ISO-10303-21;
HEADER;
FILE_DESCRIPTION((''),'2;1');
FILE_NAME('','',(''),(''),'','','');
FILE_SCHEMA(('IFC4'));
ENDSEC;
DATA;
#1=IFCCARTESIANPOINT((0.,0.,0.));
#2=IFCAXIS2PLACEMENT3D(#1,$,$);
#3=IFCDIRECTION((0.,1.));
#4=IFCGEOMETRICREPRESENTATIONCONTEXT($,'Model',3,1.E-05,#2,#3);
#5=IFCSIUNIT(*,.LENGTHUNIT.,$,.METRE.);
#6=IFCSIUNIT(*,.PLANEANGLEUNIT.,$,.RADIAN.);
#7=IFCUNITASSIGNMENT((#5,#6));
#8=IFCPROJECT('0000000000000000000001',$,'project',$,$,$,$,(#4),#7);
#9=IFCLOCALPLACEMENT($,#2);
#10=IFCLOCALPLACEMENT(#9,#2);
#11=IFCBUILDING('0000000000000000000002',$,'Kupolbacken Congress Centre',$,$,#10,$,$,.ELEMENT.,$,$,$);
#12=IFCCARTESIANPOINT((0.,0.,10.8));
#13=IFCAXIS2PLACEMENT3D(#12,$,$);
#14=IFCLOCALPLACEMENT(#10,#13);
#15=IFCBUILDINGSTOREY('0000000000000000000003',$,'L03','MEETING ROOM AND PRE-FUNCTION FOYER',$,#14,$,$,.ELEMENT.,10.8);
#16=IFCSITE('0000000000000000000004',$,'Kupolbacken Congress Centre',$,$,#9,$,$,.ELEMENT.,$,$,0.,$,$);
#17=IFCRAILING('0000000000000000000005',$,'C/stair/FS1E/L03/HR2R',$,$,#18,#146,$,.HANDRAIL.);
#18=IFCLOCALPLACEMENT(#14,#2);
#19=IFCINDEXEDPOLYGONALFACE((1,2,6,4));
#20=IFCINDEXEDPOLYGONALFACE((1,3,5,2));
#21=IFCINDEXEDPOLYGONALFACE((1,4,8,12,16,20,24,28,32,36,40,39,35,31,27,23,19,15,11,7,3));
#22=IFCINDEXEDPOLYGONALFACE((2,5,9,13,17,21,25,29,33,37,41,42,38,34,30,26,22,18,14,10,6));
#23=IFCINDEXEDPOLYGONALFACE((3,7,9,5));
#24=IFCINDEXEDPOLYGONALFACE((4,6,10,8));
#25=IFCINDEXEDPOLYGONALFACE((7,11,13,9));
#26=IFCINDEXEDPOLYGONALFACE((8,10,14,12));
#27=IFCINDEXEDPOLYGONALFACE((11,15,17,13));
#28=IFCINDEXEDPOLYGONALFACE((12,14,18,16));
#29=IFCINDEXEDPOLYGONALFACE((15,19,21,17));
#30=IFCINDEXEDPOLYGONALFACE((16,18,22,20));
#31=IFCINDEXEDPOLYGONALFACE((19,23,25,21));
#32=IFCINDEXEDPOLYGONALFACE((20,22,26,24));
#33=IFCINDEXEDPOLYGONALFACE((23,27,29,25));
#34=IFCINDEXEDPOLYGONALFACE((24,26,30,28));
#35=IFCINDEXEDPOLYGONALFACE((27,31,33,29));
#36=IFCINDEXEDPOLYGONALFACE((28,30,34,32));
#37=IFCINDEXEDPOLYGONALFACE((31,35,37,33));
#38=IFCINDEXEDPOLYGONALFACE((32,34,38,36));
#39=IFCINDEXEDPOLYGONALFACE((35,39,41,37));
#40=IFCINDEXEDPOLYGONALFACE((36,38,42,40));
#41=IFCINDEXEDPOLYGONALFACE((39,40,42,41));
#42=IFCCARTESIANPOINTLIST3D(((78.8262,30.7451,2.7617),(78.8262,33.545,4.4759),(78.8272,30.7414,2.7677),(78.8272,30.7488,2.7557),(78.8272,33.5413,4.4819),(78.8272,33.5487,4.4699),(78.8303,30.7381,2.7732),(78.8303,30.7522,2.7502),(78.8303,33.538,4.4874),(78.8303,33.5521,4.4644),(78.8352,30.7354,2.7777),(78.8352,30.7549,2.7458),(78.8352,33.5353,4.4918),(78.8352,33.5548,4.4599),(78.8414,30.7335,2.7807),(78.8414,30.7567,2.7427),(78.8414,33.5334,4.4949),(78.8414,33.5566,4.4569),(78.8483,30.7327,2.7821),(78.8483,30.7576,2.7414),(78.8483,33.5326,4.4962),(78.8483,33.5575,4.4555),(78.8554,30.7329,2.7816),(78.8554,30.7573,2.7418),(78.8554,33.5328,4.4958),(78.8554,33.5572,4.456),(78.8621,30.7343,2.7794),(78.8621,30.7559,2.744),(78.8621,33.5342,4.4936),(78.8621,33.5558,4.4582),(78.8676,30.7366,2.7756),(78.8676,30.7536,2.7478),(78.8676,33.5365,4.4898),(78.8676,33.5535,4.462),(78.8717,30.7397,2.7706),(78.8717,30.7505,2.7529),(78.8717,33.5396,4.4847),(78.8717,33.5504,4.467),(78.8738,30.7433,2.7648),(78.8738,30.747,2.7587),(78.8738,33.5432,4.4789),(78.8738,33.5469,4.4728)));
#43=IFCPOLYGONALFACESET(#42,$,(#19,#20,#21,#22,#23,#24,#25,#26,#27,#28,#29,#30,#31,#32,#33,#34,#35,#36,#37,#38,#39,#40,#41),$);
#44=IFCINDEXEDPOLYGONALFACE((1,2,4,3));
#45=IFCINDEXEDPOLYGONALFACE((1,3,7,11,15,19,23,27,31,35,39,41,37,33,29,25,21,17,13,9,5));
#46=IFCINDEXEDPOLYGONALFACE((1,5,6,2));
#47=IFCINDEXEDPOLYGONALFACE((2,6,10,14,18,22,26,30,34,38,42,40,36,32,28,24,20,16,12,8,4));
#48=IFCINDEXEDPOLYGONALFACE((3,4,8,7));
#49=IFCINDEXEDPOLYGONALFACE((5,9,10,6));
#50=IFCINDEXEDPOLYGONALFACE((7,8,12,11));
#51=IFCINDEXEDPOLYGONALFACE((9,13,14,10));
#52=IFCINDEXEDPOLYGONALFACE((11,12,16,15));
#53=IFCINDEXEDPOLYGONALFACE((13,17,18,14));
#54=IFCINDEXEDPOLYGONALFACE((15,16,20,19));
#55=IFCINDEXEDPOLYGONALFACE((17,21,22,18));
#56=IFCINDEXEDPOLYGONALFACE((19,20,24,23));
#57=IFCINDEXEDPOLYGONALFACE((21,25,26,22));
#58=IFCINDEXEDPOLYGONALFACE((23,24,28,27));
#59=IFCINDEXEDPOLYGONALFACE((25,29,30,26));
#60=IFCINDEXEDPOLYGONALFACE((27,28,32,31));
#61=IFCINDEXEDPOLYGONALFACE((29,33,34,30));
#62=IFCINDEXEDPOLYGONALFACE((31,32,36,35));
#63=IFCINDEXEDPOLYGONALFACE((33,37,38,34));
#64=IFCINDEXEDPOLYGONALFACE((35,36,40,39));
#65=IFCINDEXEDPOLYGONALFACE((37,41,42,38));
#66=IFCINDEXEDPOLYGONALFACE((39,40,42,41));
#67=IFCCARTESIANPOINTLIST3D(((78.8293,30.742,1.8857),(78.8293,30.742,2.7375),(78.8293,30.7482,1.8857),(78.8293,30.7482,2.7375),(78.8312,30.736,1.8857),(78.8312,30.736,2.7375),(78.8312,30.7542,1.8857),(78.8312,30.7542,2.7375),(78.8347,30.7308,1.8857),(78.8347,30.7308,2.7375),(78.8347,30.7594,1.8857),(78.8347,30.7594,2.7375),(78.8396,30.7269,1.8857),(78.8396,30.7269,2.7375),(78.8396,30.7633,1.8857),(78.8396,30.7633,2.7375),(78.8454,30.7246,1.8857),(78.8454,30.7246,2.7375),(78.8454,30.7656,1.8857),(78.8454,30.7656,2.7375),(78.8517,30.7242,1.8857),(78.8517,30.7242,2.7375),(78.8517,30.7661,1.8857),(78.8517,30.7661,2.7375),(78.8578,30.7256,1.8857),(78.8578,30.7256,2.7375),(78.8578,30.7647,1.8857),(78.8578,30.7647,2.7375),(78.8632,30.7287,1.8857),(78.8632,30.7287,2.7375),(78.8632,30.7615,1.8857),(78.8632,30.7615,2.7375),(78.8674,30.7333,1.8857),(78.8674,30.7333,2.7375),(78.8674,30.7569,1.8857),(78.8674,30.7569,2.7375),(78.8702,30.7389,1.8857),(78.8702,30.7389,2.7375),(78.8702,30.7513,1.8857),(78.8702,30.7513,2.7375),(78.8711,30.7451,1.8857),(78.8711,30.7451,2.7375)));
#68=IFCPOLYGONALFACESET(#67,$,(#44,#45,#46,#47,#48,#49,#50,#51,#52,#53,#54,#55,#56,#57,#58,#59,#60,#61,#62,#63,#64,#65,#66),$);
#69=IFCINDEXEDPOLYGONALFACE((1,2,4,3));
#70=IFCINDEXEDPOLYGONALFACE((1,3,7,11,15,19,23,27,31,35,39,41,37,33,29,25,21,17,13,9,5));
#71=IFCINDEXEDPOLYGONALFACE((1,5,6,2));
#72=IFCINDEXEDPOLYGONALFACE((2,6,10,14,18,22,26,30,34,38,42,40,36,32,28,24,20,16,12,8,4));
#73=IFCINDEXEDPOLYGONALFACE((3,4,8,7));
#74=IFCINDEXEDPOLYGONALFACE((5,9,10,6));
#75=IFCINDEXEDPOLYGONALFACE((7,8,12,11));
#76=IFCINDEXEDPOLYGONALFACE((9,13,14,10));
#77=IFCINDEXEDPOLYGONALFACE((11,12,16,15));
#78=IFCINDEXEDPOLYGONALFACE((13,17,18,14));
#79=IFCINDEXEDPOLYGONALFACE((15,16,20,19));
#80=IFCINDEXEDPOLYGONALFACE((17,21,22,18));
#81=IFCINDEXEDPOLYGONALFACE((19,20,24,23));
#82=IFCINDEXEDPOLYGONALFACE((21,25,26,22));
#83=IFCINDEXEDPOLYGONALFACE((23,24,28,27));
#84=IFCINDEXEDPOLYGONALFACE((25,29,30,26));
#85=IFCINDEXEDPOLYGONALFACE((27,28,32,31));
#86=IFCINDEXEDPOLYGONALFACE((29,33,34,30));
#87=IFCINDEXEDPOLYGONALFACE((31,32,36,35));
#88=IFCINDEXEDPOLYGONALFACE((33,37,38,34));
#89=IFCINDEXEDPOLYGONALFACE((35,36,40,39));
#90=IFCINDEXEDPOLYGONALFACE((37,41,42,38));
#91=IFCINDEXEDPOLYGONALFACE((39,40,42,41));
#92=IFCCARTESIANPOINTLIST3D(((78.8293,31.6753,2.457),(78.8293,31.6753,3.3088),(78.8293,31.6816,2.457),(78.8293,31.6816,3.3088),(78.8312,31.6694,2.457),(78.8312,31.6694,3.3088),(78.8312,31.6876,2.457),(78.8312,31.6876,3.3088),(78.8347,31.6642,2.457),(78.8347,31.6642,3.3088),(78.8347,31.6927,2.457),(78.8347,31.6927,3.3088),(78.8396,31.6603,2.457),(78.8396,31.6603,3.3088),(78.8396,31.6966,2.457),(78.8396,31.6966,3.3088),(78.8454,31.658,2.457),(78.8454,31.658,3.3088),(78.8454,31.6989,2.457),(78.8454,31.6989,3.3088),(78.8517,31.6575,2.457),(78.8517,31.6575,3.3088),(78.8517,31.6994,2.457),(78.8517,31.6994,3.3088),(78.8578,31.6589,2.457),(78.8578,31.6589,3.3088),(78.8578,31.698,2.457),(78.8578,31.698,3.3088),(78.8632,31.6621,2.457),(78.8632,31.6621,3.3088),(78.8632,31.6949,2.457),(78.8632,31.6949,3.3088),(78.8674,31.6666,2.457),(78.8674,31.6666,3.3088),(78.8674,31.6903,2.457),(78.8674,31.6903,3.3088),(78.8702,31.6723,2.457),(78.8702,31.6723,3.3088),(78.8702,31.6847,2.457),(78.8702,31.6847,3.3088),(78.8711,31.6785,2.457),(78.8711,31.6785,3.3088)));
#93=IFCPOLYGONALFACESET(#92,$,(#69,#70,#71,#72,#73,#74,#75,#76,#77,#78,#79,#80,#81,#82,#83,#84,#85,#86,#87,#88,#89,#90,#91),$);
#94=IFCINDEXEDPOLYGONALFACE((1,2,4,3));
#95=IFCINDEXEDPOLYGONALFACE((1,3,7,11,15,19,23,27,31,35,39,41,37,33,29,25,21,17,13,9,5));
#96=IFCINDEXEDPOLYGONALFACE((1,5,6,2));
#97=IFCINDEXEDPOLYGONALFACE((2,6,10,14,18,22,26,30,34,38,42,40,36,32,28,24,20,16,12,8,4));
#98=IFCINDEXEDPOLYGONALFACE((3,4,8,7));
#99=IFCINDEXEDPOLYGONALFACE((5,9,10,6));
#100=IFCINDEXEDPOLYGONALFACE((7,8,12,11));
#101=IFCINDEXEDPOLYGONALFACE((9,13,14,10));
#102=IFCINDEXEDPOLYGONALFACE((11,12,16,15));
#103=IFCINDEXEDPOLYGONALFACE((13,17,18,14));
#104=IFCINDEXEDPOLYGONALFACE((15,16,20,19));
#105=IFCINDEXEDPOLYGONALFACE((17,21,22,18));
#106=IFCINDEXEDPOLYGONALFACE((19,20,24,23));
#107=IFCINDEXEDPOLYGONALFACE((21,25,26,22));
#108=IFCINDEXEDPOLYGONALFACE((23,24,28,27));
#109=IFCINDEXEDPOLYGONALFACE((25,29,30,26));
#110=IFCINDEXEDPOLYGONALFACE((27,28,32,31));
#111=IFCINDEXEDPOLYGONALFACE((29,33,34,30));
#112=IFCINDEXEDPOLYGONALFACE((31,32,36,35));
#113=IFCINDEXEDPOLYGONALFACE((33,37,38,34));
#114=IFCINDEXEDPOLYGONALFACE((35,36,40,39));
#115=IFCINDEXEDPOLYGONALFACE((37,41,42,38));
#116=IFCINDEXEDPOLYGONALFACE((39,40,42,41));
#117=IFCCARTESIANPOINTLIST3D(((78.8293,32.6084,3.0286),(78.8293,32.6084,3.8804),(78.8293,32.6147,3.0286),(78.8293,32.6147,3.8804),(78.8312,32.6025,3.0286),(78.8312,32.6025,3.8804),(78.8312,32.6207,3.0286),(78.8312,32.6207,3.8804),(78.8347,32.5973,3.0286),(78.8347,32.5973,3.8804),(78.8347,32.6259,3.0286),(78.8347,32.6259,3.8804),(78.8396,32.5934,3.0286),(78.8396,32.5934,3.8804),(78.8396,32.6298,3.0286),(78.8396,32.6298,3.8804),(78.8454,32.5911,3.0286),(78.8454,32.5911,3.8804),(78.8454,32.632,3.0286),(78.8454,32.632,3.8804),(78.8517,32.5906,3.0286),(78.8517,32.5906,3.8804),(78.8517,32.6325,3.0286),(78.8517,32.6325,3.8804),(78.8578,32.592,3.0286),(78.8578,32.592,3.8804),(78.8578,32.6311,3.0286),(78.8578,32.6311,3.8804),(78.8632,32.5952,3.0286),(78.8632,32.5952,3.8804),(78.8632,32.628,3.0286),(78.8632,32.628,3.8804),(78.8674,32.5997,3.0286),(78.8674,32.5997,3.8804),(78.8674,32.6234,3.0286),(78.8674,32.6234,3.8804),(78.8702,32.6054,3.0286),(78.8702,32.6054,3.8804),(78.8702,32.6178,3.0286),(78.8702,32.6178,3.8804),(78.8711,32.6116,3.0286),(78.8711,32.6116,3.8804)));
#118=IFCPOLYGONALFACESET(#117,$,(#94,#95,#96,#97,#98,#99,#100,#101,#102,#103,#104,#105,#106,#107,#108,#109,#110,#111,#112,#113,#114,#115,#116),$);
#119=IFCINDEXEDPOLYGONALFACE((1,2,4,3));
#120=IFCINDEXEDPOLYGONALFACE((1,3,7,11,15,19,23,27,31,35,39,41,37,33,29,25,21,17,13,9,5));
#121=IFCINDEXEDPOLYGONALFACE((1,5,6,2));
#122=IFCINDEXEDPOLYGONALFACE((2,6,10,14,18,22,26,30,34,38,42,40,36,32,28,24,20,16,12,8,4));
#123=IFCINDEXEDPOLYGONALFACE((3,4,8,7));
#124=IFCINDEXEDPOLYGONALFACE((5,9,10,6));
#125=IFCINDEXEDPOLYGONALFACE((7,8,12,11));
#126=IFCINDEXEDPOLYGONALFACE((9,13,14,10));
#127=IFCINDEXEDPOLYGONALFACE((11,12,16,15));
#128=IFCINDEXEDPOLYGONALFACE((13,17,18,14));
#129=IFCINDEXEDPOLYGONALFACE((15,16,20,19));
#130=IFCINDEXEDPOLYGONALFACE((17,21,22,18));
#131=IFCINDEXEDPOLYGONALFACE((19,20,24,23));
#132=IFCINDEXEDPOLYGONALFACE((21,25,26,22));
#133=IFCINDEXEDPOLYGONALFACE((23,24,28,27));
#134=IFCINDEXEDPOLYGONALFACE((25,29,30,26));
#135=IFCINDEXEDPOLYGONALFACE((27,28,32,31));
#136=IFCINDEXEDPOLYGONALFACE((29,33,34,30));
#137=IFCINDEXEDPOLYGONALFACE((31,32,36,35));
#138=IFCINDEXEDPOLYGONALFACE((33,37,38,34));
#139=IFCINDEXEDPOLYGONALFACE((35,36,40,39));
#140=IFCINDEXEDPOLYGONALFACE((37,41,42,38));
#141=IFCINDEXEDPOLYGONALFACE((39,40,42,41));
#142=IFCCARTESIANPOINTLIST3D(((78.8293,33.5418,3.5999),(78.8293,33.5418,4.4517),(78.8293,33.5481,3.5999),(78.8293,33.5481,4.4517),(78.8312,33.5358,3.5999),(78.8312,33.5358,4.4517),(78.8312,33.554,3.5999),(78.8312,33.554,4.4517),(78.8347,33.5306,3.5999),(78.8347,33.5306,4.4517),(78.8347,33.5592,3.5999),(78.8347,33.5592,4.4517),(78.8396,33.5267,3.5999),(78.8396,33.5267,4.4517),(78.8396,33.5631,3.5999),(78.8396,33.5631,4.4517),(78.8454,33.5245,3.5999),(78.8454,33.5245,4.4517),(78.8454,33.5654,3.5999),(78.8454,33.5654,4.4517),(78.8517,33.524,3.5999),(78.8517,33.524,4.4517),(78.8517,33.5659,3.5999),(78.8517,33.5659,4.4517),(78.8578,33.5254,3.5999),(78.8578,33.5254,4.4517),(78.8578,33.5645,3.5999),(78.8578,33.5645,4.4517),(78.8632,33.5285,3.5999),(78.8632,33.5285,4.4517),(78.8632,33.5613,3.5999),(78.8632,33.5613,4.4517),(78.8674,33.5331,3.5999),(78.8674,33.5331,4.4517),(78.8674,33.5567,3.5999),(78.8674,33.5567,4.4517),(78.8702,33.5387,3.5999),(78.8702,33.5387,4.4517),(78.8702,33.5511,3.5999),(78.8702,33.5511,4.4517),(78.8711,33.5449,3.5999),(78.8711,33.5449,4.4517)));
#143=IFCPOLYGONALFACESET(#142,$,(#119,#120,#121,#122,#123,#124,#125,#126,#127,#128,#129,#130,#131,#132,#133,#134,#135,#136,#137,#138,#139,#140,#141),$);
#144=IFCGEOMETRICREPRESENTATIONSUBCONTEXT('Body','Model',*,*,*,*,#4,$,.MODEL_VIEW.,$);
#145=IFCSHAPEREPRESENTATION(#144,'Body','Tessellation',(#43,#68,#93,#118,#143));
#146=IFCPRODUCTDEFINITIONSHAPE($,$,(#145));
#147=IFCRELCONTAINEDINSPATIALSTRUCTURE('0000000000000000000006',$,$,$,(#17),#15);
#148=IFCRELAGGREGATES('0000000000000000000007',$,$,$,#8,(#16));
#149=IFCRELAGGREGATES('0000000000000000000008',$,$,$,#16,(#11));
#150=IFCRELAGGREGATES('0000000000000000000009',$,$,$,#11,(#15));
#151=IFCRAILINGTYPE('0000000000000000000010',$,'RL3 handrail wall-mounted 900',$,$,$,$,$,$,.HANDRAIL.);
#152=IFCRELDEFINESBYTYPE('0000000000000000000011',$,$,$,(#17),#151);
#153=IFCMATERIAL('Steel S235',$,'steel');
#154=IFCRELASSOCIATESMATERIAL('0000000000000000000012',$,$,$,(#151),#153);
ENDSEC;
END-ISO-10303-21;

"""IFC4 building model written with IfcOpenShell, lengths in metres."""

from ifc_helpers import new_model, si_unit, direction, frame, origin, origin_2d, place, context, subcontext, project, spatial, circle, extrude, material, type_object, element, save


model = new_model("IFC4")

# Units and contexts
model_context = context("Model", 3, precision=1e-05, world=origin(), true_north=direction((0.0, 1.0)))
body_context = subcontext(model_context, "Body", "Model", "MODEL_VIEW")
ifc_project = project(units=[si_unit("LENGTHUNIT", "METRE"), si_unit("PLANEANGLEUNIT", "RADIAN")], contexts=[model_context])

# Site, building, storey
site_placement = place(None, origin())
site = spatial("IfcSite", under=ifc_project, at=site_placement, Name="Kupolbacken Congress Centre", CompositionType="ELEMENT", RefElevation=0.0)
building_placement = place(site_placement, origin())
building = spatial("IfcBuilding", under=site, at=building_placement, Name="Kupolbacken Congress Centre", CompositionType="ELEMENT")
storey_placement = place(building_placement, frame((0.0, 0.0, 10.8)))
storey = spatial("IfcBuildingStorey", under=building, at=storey_placement, Name="L03", Description="MEETING ROOM AND PRE-FUNCTION FOYER", CompositionType="ELEMENT", Elevation=10.8)

# Railing
ifc_material_1 = material(Name="Steel S235", Category="steel")
railing_type = type_object("IfcRailingType", Name="RL3 handrail wall-mounted 900", PredefinedType="HANDRAIL", material=ifc_material_1)
for number, where, name in (
    (1, (78.8501, 30.7451, 1.8857), "C/stair/FS1E/L03/HR2R"),
):
    element("IfcRailing", number, at=place(storey_placement, frame(where)), inside=storey, type_object=railing_type, Name=name, PredefinedType="HANDRAIL", context=body_context, shape_type="SweptSolid", body=[
        extrude(circle(Radius=0.0239, at=origin_2d()), frame((0.0, 0.0, 0.876), z_axis=(0.0, 0.852859, 0.522142), x_axis=(-1.0, 0.0, 0.0)), (0.0, 0.0, 1.0), 3.283),
        extrude(circle(Radius=0.021, at=origin_2d()), origin(), (0.0, 0.0, 1.0), 0.8518),
        extrude(circle(Radius=0.021, at=origin_2d()), frame((0.0, 0.9333, 0.5713)), (0.0, 0.0, 1.0), 0.8518),
        extrude(circle(Radius=0.021, at=origin_2d()), frame((0.0, 1.8665, 1.1428)), (0.0, 0.0, 1.0), 0.8518),
        extrude(circle(Radius=0.021, at=origin_2d()), frame((0.0, 2.7998, 1.7141)), (0.0, 0.0, 1.0), 0.8518),
    ])

save(model, "model.ifc")
